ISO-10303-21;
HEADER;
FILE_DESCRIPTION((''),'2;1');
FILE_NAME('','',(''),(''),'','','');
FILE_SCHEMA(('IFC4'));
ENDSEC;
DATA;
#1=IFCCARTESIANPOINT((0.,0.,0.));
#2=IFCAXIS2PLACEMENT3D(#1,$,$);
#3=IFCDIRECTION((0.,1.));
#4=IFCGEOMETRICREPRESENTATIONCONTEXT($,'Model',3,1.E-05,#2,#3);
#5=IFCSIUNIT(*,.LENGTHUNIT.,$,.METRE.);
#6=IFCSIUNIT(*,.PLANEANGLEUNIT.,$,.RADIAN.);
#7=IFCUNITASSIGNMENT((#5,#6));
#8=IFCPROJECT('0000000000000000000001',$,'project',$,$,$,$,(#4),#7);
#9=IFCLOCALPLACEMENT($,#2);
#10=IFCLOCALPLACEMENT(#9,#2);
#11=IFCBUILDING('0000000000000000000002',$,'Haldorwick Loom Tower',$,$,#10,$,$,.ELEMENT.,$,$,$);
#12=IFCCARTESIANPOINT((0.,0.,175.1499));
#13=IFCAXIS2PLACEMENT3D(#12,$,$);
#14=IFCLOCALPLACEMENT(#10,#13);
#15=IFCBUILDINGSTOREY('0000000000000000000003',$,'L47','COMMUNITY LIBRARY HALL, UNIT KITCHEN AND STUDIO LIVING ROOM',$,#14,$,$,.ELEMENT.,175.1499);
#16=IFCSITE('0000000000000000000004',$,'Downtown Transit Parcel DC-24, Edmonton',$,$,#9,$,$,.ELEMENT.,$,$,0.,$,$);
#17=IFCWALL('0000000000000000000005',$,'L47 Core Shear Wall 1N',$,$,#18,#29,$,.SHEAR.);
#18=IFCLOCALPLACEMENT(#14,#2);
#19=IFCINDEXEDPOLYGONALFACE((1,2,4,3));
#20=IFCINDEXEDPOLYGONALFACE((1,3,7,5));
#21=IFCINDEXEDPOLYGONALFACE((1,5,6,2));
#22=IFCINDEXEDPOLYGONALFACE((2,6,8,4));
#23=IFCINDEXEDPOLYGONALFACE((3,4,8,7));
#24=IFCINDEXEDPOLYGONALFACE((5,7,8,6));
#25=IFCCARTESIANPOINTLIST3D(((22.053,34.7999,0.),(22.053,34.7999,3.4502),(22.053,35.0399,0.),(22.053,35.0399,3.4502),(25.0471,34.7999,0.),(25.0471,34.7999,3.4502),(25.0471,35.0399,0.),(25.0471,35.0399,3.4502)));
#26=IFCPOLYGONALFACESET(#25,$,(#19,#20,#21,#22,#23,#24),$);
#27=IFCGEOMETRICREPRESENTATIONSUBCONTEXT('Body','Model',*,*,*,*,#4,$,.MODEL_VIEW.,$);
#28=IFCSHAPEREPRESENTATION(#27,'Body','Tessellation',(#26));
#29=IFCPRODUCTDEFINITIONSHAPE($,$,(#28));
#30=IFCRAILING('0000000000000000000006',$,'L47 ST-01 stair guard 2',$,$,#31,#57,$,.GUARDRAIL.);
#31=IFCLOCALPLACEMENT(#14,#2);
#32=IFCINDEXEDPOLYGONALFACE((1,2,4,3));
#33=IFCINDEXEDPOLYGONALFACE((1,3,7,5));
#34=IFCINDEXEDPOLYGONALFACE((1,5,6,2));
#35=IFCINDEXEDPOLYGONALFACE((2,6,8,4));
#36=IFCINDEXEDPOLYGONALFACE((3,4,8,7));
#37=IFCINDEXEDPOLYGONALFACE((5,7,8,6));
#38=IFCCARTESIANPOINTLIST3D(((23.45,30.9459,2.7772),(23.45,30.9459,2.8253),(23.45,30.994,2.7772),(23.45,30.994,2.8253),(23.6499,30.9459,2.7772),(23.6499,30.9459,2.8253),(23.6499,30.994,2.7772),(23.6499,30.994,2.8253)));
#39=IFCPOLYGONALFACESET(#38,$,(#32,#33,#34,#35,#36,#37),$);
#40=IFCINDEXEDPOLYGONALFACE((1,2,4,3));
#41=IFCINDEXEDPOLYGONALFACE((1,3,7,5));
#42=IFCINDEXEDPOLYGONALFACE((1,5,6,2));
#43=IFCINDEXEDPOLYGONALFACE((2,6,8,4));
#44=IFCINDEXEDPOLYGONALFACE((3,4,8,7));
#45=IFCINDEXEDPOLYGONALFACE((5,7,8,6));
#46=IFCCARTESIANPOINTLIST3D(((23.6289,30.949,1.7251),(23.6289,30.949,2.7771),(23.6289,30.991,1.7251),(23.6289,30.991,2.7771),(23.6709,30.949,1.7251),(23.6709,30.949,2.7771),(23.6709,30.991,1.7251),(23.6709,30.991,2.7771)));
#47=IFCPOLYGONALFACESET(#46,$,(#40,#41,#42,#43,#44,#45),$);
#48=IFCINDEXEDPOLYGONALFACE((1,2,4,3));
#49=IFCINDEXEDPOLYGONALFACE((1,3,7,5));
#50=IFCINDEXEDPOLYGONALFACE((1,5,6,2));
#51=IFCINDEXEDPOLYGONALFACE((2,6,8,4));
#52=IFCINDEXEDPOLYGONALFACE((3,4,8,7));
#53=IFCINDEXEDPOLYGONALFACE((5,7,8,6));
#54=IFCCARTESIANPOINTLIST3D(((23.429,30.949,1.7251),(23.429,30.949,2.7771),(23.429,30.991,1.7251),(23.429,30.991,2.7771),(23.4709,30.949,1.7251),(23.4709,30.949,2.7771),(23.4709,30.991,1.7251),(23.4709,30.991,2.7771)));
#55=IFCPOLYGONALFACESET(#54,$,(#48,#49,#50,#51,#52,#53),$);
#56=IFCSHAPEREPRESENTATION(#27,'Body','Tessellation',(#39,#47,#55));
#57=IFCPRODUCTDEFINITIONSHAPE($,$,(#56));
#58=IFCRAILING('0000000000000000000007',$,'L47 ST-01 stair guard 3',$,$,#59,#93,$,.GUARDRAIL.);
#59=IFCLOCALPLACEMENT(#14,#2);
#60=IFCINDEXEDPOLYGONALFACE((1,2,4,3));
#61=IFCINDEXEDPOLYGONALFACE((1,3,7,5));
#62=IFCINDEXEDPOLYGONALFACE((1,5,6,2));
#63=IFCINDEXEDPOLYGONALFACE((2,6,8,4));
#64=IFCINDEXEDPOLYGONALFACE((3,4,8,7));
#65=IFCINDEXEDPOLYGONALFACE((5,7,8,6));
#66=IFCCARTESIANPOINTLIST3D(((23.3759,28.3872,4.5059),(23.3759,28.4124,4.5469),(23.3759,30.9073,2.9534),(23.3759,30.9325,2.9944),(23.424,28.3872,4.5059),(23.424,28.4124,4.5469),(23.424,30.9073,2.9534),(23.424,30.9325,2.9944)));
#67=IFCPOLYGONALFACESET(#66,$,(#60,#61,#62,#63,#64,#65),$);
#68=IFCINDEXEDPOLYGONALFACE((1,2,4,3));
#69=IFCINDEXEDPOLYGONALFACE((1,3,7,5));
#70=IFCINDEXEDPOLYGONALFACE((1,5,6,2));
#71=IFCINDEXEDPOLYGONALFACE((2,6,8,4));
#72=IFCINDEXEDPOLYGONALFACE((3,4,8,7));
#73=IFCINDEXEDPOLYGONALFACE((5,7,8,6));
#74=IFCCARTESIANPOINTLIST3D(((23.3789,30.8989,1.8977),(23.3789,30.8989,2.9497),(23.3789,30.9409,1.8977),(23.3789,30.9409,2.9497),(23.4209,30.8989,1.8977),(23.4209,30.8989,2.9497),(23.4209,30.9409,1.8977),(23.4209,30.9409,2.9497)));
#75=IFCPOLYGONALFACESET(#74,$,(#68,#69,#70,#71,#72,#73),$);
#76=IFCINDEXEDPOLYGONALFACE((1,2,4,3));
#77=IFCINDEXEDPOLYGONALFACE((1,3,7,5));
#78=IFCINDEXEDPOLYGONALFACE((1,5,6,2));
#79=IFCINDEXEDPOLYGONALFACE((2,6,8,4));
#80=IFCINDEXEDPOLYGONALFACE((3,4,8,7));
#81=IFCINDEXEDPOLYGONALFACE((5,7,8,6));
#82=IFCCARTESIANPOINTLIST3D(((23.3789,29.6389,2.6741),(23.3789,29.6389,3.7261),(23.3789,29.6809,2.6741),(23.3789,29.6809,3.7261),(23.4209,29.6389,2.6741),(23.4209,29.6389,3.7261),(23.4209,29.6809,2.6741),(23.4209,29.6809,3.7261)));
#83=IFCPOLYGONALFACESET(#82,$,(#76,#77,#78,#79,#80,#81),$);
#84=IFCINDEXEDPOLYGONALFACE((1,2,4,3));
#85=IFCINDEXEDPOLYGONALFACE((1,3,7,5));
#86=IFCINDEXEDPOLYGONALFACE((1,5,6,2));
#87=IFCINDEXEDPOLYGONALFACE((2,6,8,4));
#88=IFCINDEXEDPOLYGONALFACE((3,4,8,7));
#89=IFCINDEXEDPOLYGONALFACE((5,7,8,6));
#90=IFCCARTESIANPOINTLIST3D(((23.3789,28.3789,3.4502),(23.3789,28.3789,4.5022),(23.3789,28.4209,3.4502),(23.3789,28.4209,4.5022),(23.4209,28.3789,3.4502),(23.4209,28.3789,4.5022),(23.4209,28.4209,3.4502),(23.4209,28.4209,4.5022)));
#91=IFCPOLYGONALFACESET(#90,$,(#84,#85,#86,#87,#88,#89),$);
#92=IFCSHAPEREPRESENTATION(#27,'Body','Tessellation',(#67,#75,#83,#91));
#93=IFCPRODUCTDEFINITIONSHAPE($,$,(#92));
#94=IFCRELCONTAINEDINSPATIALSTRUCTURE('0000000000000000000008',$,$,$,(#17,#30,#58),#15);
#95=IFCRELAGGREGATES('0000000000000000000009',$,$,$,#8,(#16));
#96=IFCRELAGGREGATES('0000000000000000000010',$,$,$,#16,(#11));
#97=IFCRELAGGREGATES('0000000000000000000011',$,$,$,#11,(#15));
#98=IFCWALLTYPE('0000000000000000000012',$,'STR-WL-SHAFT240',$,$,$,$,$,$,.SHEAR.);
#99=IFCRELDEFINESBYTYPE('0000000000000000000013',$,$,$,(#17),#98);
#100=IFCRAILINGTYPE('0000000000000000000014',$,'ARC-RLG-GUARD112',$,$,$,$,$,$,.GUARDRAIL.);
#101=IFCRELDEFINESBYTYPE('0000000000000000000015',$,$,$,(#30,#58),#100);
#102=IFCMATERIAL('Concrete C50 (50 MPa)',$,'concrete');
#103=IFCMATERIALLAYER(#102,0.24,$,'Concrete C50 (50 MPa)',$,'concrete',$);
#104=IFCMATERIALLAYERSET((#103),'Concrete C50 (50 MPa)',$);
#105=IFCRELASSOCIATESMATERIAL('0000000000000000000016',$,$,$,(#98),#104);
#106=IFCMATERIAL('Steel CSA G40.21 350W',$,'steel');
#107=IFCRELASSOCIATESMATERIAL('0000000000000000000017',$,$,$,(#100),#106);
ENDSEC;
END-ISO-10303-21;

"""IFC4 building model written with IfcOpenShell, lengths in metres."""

from ifc_helpers import new_model, si_unit, direction, frame, frame_2d, origin, origin_2d, place, context, subcontext, project, spatial, rectangle, extrude, material, layer, layer_set, type_object, element, save


model = new_model("IFC4")

# Units and contexts
model_context = context("Model", 3, precision=1e-05, world=origin(), true_north=direction((0.0, 1.0)))
body_context = subcontext(model_context, "Body", "Model", "MODEL_VIEW")
ifc_project = project(units=[si_unit("LENGTHUNIT", "METRE"), si_unit("PLANEANGLEUNIT", "RADIAN")], contexts=[model_context])

# Site, building, storey
site_placement = place(None, origin())
site = spatial("IfcSite", under=ifc_project, at=site_placement, Name="Downtown Transit Parcel DC-24, Edmonton", CompositionType="ELEMENT", RefElevation=0.0)
building_placement = place(site_placement, origin())
building = spatial("IfcBuilding", under=site, at=building_placement, Name="Haldorwick Loom Tower", CompositionType="ELEMENT")
storey_placement = place(building_placement, frame((0.0, 0.0, 175.1499)))
storey = spatial("IfcBuildingStorey", under=building, at=storey_placement, Name="L47", Description="COMMUNITY LIBRARY HALL, UNIT KITCHEN AND STUDIO LIVING ROOM", CompositionType="ELEMENT", Elevation=175.1499)

# Shared definitions
ifc_material_1 = material(Name="Steel CSA G40.21 350W", Category="steel")

# Wall
ifc_material_2 = material(Name="Concrete C50 (50 MPa)", Category="concrete")
ifc_layer = layer(ifc_material_2, 0.24, Name="Concrete C50 (50 MPa)", Category="concrete")
ifc_layer_set = layer_set([ifc_layer], Name="Concrete C50 (50 MPa)")
wall_type = type_object("IfcWallType", Name="STR-WL-SHAFT240", PredefinedType="SHEAR", material=ifc_layer_set)
wall_1_placement = place(storey_placement, frame((22.053, 34.9199, 0.0), z_axis=(0.0, 0.0, 1.0), x_axis=(1.0, 0.0, 0.0)))
element("IfcWall", 1, at=wall_1_placement, inside=storey, type_object=wall_type, Name="L47 Core Shear Wall 1N", PredefinedType="SHEAR", context=body_context, shape_type="SweptSolid", body=[
    extrude(rectangle(XDim=2.9941, YDim=0.24, at=frame_2d((1.4971, 0.0))), origin(), (0.0, 0.0, 1.0), 3.4502),
])

# Railings
railing_type = type_object("IfcRailingType", Name="ARC-RLG-GUARD112", PredefinedType="GUARDRAIL", material=ifc_material_1)
railing_1_placement = place(storey_placement, frame((23.6499, 30.97, 1.7251)))
element("IfcRailing", 2, at=railing_1_placement, inside=storey, type_object=railing_type, Name="L47 ST-01 stair guard 2", PredefinedType="GUARDRAIL", context=body_context, shape_type="SweptSolid", body=[
    extrude(rectangle(XDim=0.0481, YDim=0.0481, at=origin_2d()), frame((0.0, 0.0, 1.0762), z_axis=(-1.0, 0.0, 0.0), x_axis=(0.0, -1.0, 0.0)), (0.0, 0.0, 1.0), 0.2),
    extrude(rectangle(XDim=0.042, YDim=0.042, at=origin_2d()), origin(), (0.0, 0.0, 1.0), 1.052),
    extrude(rectangle(XDim=0.042, YDim=0.042, at=origin_2d()), frame((-0.2, 0.0, 0.0)), (0.0, 0.0, 1.0), 1.052),
])
railing_2_placement = place(storey_placement, frame((23.3999, 30.9199, 1.8977)))
element("IfcRailing", 3, at=railing_2_placement, inside=storey, type_object=railing_type, Name="L47 ST-01 stair guard 3", PredefinedType="GUARDRAIL", context=body_context, shape_type="SweptSolid", body=[
    extrude(rectangle(XDim=0.0481, YDim=0.0481, at=origin_2d()), frame((0.0, 0.0, 1.0762), z_axis=(0.0, -0.8514, 0.524516), x_axis=(1.0, 0.0, 0.0)), (0.0, 0.0, 1.0), 2.96),
    extrude(rectangle(XDim=0.042, YDim=0.042, at=origin_2d()), origin(), (0.0, 0.0, 1.0), 1.052),
    extrude(rectangle(XDim=0.042, YDim=0.042, at=origin_2d()), frame((0.0, -1.26, 0.7764)), (0.0, 0.0, 1.0), 1.052),
    extrude(rectangle(XDim=0.042, YDim=0.042, at=origin_2d()), frame((0.0, -2.52, 1.5525)), (0.0, 0.0, 1.0), 1.052),
])

save(model, "model.ifc")
